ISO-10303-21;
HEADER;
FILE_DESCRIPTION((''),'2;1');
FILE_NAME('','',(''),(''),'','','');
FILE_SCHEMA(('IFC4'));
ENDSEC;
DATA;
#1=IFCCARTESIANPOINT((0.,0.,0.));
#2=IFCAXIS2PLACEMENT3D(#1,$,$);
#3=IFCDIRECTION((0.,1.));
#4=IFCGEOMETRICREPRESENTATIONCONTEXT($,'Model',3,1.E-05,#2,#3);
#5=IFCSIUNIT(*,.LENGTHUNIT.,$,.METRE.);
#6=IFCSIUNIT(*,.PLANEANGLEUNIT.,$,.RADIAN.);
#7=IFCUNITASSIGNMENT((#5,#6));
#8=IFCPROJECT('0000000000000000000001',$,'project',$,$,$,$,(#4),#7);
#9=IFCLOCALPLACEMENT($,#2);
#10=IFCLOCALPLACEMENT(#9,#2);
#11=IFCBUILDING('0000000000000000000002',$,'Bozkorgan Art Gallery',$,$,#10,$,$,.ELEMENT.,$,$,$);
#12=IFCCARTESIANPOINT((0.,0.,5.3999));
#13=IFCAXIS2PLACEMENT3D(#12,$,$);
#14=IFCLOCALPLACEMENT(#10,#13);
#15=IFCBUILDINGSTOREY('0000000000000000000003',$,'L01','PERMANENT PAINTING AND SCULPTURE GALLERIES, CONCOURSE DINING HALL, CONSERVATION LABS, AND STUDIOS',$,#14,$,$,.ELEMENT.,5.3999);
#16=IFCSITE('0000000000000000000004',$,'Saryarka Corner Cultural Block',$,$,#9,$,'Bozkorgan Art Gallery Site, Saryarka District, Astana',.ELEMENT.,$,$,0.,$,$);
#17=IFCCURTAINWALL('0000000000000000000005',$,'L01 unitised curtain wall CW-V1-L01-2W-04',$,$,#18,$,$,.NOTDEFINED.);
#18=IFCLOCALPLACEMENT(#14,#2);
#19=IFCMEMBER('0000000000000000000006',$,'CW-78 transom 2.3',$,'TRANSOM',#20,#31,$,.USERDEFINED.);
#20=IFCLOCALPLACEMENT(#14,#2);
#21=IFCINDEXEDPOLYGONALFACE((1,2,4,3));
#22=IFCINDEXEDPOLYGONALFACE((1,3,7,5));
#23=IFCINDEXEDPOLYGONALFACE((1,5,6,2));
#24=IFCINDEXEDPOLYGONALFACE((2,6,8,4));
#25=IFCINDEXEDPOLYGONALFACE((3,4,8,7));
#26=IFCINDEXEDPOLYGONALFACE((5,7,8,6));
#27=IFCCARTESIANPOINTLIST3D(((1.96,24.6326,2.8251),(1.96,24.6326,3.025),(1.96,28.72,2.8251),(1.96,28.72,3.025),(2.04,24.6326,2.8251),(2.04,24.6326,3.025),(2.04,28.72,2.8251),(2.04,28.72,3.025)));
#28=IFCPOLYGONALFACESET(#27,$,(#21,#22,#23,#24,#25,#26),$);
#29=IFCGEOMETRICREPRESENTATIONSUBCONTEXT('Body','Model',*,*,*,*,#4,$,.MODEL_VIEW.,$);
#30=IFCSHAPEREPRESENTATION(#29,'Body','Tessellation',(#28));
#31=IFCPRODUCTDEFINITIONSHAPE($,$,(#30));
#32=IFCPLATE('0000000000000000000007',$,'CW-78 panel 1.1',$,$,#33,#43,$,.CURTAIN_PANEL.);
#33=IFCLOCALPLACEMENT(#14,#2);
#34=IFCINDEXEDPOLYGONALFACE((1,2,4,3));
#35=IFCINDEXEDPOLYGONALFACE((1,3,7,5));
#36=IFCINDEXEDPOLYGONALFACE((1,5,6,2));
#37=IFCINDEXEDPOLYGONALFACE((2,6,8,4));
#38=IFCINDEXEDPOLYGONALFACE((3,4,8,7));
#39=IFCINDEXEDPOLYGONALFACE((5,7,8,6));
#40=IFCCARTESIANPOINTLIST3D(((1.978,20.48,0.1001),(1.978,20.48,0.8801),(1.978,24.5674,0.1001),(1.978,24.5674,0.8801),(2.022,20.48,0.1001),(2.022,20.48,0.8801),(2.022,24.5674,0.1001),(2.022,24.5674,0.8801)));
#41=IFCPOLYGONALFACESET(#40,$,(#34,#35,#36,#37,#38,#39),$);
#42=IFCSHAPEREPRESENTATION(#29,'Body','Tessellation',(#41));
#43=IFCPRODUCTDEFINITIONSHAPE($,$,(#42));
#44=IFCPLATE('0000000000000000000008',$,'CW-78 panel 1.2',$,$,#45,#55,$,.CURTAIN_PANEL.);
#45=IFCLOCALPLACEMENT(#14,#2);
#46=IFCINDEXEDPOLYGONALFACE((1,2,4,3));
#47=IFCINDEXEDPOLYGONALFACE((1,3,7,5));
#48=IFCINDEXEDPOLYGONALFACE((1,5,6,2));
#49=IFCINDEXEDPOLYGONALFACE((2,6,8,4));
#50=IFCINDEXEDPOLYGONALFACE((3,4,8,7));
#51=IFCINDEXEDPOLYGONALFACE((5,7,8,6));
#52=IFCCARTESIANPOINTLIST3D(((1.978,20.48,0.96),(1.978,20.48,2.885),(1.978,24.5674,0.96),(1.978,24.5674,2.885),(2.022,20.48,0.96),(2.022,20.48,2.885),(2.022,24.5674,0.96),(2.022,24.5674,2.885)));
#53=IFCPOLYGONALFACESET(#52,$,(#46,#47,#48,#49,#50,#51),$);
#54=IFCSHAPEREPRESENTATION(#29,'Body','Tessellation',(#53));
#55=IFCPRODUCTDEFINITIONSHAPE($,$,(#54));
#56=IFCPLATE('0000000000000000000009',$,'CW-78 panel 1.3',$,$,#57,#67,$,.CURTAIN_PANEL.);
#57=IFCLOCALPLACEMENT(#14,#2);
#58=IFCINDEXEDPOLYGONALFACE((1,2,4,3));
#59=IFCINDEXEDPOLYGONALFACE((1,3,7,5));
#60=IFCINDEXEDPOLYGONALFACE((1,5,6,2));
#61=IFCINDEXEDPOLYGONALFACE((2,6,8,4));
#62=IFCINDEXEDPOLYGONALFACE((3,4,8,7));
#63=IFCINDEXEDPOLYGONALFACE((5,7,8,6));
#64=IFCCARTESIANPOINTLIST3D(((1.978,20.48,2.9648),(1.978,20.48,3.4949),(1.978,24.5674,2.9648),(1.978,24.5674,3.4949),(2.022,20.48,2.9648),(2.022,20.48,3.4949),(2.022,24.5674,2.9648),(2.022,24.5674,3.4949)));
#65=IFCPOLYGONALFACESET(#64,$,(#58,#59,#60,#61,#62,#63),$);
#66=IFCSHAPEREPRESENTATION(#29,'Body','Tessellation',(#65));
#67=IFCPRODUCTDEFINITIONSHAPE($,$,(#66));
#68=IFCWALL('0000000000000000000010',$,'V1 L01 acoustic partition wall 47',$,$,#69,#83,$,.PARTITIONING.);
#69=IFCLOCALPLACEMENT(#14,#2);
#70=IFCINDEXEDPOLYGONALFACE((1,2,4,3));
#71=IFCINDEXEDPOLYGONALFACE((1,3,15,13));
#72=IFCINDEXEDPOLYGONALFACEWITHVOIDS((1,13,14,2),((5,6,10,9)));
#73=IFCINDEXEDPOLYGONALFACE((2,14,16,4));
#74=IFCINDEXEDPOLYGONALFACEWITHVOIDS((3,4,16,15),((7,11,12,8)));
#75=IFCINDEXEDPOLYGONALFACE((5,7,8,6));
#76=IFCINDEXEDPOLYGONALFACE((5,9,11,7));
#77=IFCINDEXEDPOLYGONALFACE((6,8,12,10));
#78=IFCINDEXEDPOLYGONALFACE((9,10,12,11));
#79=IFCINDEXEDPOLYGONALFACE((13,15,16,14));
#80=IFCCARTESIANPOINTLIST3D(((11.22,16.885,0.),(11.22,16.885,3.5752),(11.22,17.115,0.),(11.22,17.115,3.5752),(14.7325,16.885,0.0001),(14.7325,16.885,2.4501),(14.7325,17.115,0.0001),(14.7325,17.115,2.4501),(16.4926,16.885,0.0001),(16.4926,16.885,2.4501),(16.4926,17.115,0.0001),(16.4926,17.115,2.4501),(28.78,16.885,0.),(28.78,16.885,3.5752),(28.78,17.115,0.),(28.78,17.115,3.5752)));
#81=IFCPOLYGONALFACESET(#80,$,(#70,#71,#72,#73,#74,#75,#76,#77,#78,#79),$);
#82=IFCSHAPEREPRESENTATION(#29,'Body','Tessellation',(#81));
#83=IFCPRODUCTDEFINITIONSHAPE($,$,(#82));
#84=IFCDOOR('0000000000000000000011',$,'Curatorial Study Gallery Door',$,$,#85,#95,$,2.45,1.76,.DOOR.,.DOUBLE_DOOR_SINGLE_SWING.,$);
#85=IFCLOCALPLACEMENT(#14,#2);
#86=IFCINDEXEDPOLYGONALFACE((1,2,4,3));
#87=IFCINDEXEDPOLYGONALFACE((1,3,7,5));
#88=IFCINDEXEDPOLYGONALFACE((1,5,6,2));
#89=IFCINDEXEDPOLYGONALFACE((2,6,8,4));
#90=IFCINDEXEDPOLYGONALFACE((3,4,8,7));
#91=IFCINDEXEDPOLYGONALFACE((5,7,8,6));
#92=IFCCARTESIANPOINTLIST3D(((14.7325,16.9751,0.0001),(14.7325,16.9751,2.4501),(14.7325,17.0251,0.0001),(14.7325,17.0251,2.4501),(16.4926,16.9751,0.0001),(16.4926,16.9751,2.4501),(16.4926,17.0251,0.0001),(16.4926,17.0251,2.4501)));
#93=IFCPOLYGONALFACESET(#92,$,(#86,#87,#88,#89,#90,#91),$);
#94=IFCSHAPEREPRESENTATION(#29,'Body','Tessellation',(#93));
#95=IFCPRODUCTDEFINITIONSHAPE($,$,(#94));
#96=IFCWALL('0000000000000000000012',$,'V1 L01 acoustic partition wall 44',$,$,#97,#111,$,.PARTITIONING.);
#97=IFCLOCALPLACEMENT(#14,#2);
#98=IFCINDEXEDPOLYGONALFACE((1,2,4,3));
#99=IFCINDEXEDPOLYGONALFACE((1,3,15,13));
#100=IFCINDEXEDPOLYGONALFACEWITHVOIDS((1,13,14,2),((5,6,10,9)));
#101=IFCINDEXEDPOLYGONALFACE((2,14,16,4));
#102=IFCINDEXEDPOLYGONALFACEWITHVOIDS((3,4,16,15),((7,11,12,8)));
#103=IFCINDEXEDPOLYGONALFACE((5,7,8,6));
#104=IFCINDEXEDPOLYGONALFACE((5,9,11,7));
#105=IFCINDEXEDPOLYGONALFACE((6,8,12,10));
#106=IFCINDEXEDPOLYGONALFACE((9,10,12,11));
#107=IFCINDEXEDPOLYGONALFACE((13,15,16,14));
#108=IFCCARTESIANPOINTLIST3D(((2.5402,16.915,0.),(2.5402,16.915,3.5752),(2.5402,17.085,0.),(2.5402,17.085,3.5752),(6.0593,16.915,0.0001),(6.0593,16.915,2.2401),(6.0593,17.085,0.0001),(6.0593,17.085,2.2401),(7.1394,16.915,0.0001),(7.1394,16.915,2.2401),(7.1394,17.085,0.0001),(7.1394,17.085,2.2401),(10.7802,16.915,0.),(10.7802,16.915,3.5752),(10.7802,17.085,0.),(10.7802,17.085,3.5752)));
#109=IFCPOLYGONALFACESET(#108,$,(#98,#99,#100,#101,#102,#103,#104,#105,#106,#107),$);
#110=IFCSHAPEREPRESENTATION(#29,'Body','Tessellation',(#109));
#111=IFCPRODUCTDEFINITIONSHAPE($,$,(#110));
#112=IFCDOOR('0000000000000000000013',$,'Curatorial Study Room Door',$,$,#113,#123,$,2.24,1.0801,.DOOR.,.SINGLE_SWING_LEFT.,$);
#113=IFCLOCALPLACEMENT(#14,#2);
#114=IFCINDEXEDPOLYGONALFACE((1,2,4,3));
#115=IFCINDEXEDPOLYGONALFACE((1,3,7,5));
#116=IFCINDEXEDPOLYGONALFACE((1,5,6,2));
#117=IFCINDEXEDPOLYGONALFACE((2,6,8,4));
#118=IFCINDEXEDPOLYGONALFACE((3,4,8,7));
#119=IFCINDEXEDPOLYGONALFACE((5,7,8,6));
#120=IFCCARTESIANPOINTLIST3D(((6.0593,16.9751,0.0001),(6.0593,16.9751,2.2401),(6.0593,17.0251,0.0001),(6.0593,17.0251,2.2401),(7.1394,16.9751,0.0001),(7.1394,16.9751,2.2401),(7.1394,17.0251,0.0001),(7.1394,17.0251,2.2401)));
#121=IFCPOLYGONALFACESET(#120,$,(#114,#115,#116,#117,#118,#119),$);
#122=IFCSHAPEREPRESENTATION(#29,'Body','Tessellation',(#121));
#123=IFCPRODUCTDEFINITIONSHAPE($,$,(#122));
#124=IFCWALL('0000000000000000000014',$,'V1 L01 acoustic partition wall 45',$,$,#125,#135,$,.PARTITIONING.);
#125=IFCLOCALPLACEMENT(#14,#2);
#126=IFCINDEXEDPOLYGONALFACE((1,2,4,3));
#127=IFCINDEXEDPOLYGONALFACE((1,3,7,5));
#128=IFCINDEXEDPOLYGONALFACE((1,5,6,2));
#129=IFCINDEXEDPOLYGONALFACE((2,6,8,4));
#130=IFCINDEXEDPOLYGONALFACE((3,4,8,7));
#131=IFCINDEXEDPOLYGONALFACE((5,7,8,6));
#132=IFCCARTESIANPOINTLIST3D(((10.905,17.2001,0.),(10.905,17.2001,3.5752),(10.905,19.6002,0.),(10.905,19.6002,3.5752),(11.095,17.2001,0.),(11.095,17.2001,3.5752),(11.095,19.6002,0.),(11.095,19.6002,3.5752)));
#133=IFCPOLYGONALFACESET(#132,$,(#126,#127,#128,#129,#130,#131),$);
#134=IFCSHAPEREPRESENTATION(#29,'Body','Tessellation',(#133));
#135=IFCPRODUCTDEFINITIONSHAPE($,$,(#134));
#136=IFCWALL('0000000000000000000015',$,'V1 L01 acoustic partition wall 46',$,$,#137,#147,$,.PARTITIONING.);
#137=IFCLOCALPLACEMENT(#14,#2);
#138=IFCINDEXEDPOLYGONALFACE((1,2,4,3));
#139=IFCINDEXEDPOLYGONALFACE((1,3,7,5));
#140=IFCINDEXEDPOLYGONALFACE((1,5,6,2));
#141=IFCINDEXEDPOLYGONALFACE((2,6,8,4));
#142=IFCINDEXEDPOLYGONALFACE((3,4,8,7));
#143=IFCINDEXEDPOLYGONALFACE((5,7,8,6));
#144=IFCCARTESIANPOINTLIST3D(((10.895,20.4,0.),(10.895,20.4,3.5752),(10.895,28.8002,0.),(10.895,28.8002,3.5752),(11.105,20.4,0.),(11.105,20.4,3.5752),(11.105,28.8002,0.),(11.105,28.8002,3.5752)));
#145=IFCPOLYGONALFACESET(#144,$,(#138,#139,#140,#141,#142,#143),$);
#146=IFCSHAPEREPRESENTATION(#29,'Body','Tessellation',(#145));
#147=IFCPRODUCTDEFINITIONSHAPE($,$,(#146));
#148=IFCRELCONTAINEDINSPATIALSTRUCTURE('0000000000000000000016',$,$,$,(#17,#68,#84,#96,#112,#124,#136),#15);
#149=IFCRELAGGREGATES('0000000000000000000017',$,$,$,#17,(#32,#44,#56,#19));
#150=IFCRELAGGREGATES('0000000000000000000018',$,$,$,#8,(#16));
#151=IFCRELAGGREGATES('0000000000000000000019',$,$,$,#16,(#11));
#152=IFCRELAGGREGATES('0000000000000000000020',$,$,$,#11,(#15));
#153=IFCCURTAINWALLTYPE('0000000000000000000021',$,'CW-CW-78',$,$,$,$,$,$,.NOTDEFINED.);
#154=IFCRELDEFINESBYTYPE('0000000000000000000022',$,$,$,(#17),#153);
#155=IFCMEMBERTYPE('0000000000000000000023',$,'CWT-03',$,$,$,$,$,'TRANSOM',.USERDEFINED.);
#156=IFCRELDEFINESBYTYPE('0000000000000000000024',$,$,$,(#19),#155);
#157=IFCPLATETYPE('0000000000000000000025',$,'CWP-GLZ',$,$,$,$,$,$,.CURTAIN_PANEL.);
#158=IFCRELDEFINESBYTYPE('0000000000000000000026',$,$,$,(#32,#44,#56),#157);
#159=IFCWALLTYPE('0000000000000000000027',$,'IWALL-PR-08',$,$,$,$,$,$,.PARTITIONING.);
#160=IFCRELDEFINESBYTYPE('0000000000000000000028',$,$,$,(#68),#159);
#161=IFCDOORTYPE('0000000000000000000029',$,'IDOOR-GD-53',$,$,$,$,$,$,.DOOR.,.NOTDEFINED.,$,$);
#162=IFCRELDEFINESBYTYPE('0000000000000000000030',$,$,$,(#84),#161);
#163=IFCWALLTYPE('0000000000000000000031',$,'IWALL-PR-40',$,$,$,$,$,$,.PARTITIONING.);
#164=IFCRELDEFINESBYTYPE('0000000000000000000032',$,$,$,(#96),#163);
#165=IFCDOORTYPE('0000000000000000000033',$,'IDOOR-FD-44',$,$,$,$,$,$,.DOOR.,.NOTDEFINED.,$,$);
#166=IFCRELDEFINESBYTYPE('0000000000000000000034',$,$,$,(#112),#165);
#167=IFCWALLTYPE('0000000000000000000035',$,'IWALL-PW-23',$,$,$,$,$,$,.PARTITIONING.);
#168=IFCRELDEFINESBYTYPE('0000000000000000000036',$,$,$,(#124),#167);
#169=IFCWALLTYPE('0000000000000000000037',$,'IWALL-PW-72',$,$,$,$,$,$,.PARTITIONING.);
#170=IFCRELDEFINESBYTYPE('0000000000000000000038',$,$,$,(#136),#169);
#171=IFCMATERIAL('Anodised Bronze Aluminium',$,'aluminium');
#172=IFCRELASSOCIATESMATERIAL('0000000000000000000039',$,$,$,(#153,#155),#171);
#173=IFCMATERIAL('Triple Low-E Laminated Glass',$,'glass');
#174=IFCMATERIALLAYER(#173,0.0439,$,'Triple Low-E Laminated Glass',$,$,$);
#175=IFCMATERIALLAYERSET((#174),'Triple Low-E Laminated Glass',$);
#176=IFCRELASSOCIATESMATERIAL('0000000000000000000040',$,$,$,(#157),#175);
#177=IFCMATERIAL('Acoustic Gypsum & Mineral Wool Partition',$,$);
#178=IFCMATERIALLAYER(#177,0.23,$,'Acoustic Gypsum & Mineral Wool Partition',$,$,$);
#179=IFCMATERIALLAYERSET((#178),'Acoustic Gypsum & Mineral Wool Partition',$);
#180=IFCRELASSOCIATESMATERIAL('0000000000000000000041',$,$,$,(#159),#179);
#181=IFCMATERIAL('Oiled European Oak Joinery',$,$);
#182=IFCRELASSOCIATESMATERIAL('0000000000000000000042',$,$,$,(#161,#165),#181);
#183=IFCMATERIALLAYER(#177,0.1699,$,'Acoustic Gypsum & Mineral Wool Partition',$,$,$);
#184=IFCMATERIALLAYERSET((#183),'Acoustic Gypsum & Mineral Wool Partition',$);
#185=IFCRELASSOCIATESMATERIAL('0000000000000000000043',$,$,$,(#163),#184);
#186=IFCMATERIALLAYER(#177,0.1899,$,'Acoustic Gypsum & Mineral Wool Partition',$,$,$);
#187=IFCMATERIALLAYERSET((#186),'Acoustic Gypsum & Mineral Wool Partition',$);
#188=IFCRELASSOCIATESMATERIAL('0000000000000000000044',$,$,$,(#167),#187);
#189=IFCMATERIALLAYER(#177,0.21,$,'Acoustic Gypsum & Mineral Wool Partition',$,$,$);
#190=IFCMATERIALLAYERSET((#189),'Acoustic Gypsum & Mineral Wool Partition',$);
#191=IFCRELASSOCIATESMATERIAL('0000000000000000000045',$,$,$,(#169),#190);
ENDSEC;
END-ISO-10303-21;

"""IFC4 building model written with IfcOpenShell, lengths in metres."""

from ifc_helpers import new_model, si_unit, direction, frame, frame_2d, origin, origin_2d, place, context, subcontext, project, spatial, rectangle, extrude, material, layer, layer_set, material_profile, profile_set, type_object, element, fill, aggregate, save


model = new_model("IFC4")

# Units and contexts
model_context = context("Model", 3, precision=1e-05, world=origin(), true_north=direction((0.0, 1.0)))
body_context = subcontext(model_context, "Body", "Model", "MODEL_VIEW")
ifc_project = project(units=[si_unit("LENGTHUNIT", "METRE"), si_unit("PLANEANGLEUNIT", "RADIAN")], contexts=[model_context])

# Site, building, storey
site_placement = place(None, origin())
site = spatial("IfcSite", under=ifc_project, at=site_placement, Name="Saryarka Corner Cultural Block", LongName="Bozkorgan Art Gallery Site, Saryarka District, Astana", CompositionType="ELEMENT", RefElevation=0.0)
building_placement = place(site_placement, origin())
building = spatial("IfcBuilding", under=site, at=building_placement, Name="Bozkorgan Art Gallery", CompositionType="ELEMENT")
storey_placement = place(building_placement, frame((0.0, 0.0, 5.3999)))
storey = spatial("IfcBuildingStorey", under=building, at=storey_placement, Name="L01", Description="PERMANENT PAINTING AND SCULPTURE GALLERIES, CONCOURSE DINING HALL, CONSERVATION LABS, AND STUDIOS", CompositionType="ELEMENT", Elevation=5.3999)

# Curtain wall, member, plates
ifc_material_1 = material(Name="Anodised Bronze Aluminium", Category="aluminium")
curtain_wall_type = type_object("IfcCurtainWallType", Name="CW-CW-78", PredefinedType="NOTDEFINED", material=ifc_material_1)
curtain_wall_placement = place(storey_placement, origin())
curtain_wall = element("IfcCurtainWall", 1, at=curtain_wall_placement, inside=storey, type_object=curtain_wall_type, Name="L01 unitised curtain wall CW-V1-L01-2W-04", PredefinedType="NOTDEFINED")
ifc_material_profile_1 = material_profile(ifc_material_1, rectangle(XDim=0.0801, YDim=0.2, at=origin_2d()), Name="ALU TRANSOM 80x200")
ifc_profile_set_1 = profile_set([ifc_material_profile_1], Name="Anodised Bronze Aluminium")
member_type_1 = type_object("IfcMemberType", Name="CWT-03", ElementType="TRANSOM", PredefinedType="USERDEFINED", material=ifc_profile_set_1)
member_1_placement = place(storey_placement, frame((2.0, 24.6326, 2.925), z_axis=(0.0, 1.0, 0.0), x_axis=(-1.0, 0.0, 0.0)))
member_1 = element("IfcMember", 2, at=member_1_placement, type_object=member_type_1, Name="CW-78 transom 2.3", ObjectType="TRANSOM", PredefinedType="USERDEFINED", context=body_context, shape_type="SweptSolid", body=[
    extrude(rectangle(XDim=0.0801, YDim=0.2, at=origin_2d()), origin(), (0.0, 0.0, 1.0), 4.0874),
])
ifc_material_2 = material(Name="Triple Low-E Laminated Glass", Category="glass")
ifc_layer_1 = layer(ifc_material_2, 0.0439, Name="Triple Low-E Laminated Glass")
ifc_layer_set_1 = layer_set([ifc_layer_1], Name="Triple Low-E Laminated Glass")
plate_type = type_object("IfcPlateType", Name="CWP-GLZ", PredefinedType="CURTAIN_PANEL", material=ifc_layer_set_1)
plate_1_placement = place(storey_placement, frame((2.0, 22.5237, 0.1001), z_axis=(0.0, 0.0, 1.0), x_axis=(0.0, 1.0, 0.0)))
plate_1 = element("IfcPlate", 3, at=plate_1_placement, type_object=plate_type, Name="CW-78 panel 1.1", PredefinedType="CURTAIN_PANEL", context=body_context, shape_type="SweptSolid", body=[
    extrude(rectangle(XDim=4.0874, YDim=0.0439, at=origin_2d()), origin(), (0.0, 0.0, 1.0), 0.78),
])
plate_2_placement = place(storey_placement, frame((2.0, 22.5237, 0.96), z_axis=(0.0, 0.0, 1.0), x_axis=(0.0, 1.0, 0.0)))
plate_2 = element("IfcPlate", 4, at=plate_2_placement, type_object=plate_type, Name="CW-78 panel 1.2", PredefinedType="CURTAIN_PANEL", context=body_context, shape_type="SweptSolid", body=[
    extrude(rectangle(XDim=4.0874, YDim=0.0439, at=origin_2d()), origin(), (0.0, 0.0, 1.0), 1.925),
])
plate_3_placement = place(storey_placement, frame((2.0, 22.5237, 2.9648), z_axis=(0.0, 0.0, 1.0), x_axis=(0.0, 1.0, 0.0)))
plate_3 = element("IfcPlate", 5, at=plate_3_placement, type_object=plate_type, Name="CW-78 panel 1.3", PredefinedType="CURTAIN_PANEL", context=body_context, shape_type="SweptSolid", body=[
    extrude(rectangle(XDim=4.0874, YDim=0.0439, at=origin_2d()), origin(), (0.0, 0.0, 1.0), 0.53),
])
aggregate(curtain_wall, [plate_1, plate_2, plate_3, member_1])

# Walls, openings, doors
ifc_material_3 = material(Name="Acoustic Gypsum & Mineral Wool Partition")
ifc_layer_2 = layer(ifc_material_3, 0.23, Name="Acoustic Gypsum & Mineral Wool Partition")
ifc_layer_set_2 = layer_set([ifc_layer_2], Name="Acoustic Gypsum & Mineral Wool Partition")
wall_type_1 = type_object("IfcWallType", Name="IWALL-PR-08", PredefinedType="PARTITIONING", material=ifc_layer_set_2)
wall_1_placement = place(storey_placement, frame((11.22, 17.0, 0.0), z_axis=(0.0, 0.0, 1.0), x_axis=(1.0, 0.0, 0.0)))
wall_1 = element("IfcWall", 6, at=wall_1_placement, inside=storey, type_object=wall_type_1, Name="V1 L01 acoustic partition wall 47", PredefinedType="PARTITIONING", context=body_context, shape_type="SweptSolid", body=[
    extrude(rectangle(XDim=17.5601, YDim=0.23, at=frame_2d((8.78, 0.0))), origin(), (0.0, 0.0, 1.0), 3.5752),
])
opening_1_placement = place(wall_1_placement, frame((5.2725, 0.0, 0.0), z_axis=(0.0, 0.0, 1.0), x_axis=(-1.0, 0.0, 0.0)))
opening_1 = element("IfcOpeningElement", 7, at=opening_1_placement, cuts=wall_1, PredefinedType="OPENING", context=body_context, shape_type="SweptSolid", body=[
    extrude(rectangle(XDim=1.76, YDim=2.45, at=frame_2d((0.8799, 1.2251))), frame((0.0, 0.125, 0.0), z_axis=(0.0, -1.0, 0.0), x_axis=(1.0, 0.0, 0.0)), (0.0, 0.0, 1.0), 0.25),
])
ifc_material_4 = material(Name="Oiled European Oak Joinery")
door_type_1 = type_object("IfcDoorType", Name="IDOOR-GD-53", OperationType="NOTDEFINED", PredefinedType="DOOR", material=ifc_material_4)
door_1_placement = place(opening_1_placement, origin())
door_1 = element("IfcDoor", 8, at=door_1_placement, inside=storey, type_object=door_type_1, Name="Curatorial Study Gallery Door", OperationType="DOUBLE_DOOR_SINGLE_SWING", OverallHeight=2.45, OverallWidth=1.76, PredefinedType="DOOR", context=body_context, shape_type="SweptSolid", body=[
    extrude(rectangle(XDim=1.76, YDim=2.45, at=frame_2d((0.8799, 1.2251))), frame((0.0, 0.0249, 0.0), z_axis=(0.0, -1.0, 0.0), x_axis=(1.0, 0.0, 0.0)), (0.0, 0.0, 1.0), 0.05),
])
fill(opening_1, door_1)
ifc_layer_3 = layer(ifc_material_3, 0.1699, Name="Acoustic Gypsum & Mineral Wool Partition")
ifc_layer_set_3 = layer_set([ifc_layer_3], Name="Acoustic Gypsum & Mineral Wool Partition")
wall_type_2 = type_object("IfcWallType", Name="IWALL-PR-40", PredefinedType="PARTITIONING", material=ifc_layer_set_3)
wall_2_placement = place(storey_placement, frame((2.54, 17.0, 0.0), z_axis=(0.0, 0.0, 1.0), x_axis=(1.0, 0.0, 0.0)))
wall_2 = element("IfcWall", 9, at=wall_2_placement, inside=storey, type_object=wall_type_2, Name="V1 L01 acoustic partition wall 44", PredefinedType="PARTITIONING", context=body_context, shape_type="SweptSolid", body=[
    extrude(rectangle(XDim=8.24, YDim=0.1699, at=frame_2d((4.1201, 0.0))), origin(), (0.0, 0.0, 1.0), 3.5752),
])
opening_2_placement = place(wall_2_placement, frame((4.5994, 0.0, 0.0), z_axis=(0.0, 0.0, 1.0), x_axis=(-1.0, 0.0, 0.0)))
opening_2 = element("IfcOpeningElement", 10, at=opening_2_placement, cuts=wall_2, PredefinedType="OPENING", context=body_context, shape_type="SweptSolid", body=[
    extrude(rectangle(XDim=1.0801, YDim=2.24, at=frame_2d((0.54, 1.1201))), frame((0.0, 0.095, 0.0), z_axis=(0.0, -1.0, 0.0), x_axis=(1.0, 0.0, 0.0)), (0.0, 0.0, 1.0), 0.1899),
])
door_type_2 = type_object("IfcDoorType", Name="IDOOR-FD-44", OperationType="NOTDEFINED", PredefinedType="DOOR", material=ifc_material_4)
door_2_placement = place(opening_2_placement, origin())
door_2 = element("IfcDoor", 11, at=door_2_placement, inside=storey, type_object=door_type_2, Name="Curatorial Study Room Door", OperationType="SINGLE_SWING_LEFT", OverallHeight=2.24, OverallWidth=1.0801, PredefinedType="DOOR", context=body_context, shape_type="SweptSolid", body=[
    extrude(rectangle(XDim=1.0801, YDim=2.24, at=frame_2d((0.54, 1.1201))), frame((0.0, 0.0249, 0.0), z_axis=(0.0, -1.0, 0.0), x_axis=(1.0, 0.0, 0.0)), (0.0, 0.0, 1.0), 0.05),
])
fill(opening_2, door_2)

# Walls
ifc_layer_4 = layer(ifc_material_3, 0.1899, Name="Acoustic Gypsum & Mineral Wool Partition")
ifc_layer_set_4 = layer_set([ifc_layer_4], Name="Acoustic Gypsum & Mineral Wool Partition")
wall_type_3 = type_object("IfcWallType", Name="IWALL-PW-23", PredefinedType="PARTITIONING", material=ifc_layer_set_4)
wall_3_placement = place(storey_placement, frame((11.0, 17.2, 0.0), z_axis=(0.0, 0.0, 1.0), x_axis=(0.0, 1.0, 0.0)))
element("IfcWall", 12, at=wall_3_placement, inside=storey, type_object=wall_type_3, Name="V1 L01 acoustic partition wall 45", PredefinedType="PARTITIONING", context=body_context, shape_type="SweptSolid", body=[
    extrude(rectangle(XDim=2.4001, YDim=0.1899, at=frame_2d((1.2002, 0.0))), origin(), (0.0, 0.0, 1.0), 3.5752),
])
ifc_layer_5 = layer(ifc_material_3, 0.21, Name="Acoustic Gypsum & Mineral Wool Partition")
ifc_layer_set_5 = layer_set([ifc_layer_5], Name="Acoustic Gypsum & Mineral Wool Partition")
wall_type_4 = type_object("IfcWallType", Name="IWALL-PW-72", PredefinedType="PARTITIONING", material=ifc_layer_set_5)
wall_4_placement = place(storey_placement, frame((11.0, 20.3999, 0.0), z_axis=(0.0, 0.0, 1.0), x_axis=(0.0, 1.0, 0.0)))
element("IfcWall", 13, at=wall_4_placement, inside=storey, type_object=wall_type_4, Name="V1 L01 acoustic partition wall 46", PredefinedType="PARTITIONING", context=body_context, shape_type="SweptSolid", body=[
    extrude(rectangle(XDim=8.4001, YDim=0.21, at=frame_2d((4.2002, 0.0))), origin(), (0.0, 0.0, 1.0), 3.5752),
])

save(model, "model.ifc")
